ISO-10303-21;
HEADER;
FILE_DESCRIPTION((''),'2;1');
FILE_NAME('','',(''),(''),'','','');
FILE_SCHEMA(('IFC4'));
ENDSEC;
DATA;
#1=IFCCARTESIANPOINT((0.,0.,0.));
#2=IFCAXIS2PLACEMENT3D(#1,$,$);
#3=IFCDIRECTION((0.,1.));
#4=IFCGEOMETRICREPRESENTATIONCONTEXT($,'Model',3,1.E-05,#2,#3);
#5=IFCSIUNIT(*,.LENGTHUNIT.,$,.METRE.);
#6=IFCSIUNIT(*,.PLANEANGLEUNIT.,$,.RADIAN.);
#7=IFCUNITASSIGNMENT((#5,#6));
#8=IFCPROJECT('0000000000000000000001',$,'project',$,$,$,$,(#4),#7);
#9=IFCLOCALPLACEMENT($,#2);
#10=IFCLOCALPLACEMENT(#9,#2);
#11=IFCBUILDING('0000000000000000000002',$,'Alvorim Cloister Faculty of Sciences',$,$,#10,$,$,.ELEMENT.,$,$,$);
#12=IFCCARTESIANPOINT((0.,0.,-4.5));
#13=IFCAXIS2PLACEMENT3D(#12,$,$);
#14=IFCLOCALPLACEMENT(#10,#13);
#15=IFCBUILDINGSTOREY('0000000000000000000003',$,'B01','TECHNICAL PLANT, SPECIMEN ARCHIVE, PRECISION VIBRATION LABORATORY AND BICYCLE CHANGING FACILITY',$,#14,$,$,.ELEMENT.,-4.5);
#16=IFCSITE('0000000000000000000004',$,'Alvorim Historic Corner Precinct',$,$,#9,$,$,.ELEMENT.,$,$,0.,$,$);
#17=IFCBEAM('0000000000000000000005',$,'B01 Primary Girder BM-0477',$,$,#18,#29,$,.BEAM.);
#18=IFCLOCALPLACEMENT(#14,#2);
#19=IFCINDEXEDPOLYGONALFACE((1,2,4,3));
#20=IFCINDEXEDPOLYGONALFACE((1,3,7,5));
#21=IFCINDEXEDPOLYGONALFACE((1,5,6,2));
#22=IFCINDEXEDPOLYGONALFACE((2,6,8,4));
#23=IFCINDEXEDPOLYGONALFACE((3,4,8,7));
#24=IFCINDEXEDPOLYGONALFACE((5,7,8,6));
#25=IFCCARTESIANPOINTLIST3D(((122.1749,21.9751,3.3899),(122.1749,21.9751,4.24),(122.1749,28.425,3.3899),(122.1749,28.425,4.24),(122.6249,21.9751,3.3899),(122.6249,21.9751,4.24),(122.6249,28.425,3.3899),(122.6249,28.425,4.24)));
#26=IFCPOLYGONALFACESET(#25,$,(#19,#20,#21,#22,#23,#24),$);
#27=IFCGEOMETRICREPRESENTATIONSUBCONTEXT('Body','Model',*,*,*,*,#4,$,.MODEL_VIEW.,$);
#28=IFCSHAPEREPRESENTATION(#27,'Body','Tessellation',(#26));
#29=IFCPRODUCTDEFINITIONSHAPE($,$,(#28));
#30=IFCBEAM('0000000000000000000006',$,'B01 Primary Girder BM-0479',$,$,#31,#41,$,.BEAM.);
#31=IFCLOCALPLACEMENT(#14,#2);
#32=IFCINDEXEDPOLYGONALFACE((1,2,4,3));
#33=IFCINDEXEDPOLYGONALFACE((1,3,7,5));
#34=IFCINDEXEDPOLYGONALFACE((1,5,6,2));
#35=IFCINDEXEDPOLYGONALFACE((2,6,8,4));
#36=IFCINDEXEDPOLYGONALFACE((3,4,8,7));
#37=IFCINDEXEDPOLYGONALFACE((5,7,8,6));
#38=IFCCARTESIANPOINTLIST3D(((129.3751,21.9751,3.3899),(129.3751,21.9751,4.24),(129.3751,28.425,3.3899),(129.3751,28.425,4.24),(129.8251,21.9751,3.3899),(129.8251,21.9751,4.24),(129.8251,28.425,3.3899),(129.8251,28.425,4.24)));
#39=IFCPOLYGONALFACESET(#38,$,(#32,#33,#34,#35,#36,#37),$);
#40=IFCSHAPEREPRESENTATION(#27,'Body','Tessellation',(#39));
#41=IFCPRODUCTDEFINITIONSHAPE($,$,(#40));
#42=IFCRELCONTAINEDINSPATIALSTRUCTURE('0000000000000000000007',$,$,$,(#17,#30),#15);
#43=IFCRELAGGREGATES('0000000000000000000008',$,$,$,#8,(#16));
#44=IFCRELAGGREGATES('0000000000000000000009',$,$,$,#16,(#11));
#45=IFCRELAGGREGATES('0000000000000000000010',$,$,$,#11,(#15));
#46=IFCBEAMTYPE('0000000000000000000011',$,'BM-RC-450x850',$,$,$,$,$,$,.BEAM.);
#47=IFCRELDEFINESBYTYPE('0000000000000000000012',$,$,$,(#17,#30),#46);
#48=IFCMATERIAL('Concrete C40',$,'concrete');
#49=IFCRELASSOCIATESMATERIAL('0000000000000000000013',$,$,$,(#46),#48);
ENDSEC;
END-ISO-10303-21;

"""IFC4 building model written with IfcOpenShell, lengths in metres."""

from ifc_helpers import new_model, si_unit, direction, frame, origin, origin_2d, place, context, subcontext, project, spatial, rectangle, extrude, material, material_profile, profile_set, type_object, element, save


model = new_model("IFC4")

# Units and contexts
model_context = context("Model", 3, precision=1e-05, world=origin(), true_north=direction((0.0, 1.0)))
body_context = subcontext(model_context, "Body", "Model", "MODEL_VIEW")
ifc_project = project(units=[si_unit("LENGTHUNIT", "METRE"), si_unit("PLANEANGLEUNIT", "RADIAN")], contexts=[model_context])

# Site, building, storey
site_placement = place(None, origin())
site = spatial("IfcSite", under=ifc_project, at=site_placement, Name="Alvorim Historic Corner Precinct", CompositionType="ELEMENT", RefElevation=0.0)
building_placement = place(site_placement, origin())
building = spatial("IfcBuilding", under=site, at=building_placement, Name="Alvorim Cloister Faculty of Sciences", CompositionType="ELEMENT")
storey_placement = place(building_placement, frame((0.0, 0.0, -4.5)))
storey = spatial("IfcBuildingStorey", under=building, at=storey_placement, Name="B01", Description="TECHNICAL PLANT, SPECIMEN ARCHIVE, PRECISION VIBRATION LABORATORY AND BICYCLE CHANGING FACILITY", CompositionType="ELEMENT", Elevation=-4.5)

# Shared definitions
ifc_material_1 = material(Name="Concrete C40", Category="concrete")

# Beams
ifc_material_profile_1 = material_profile(ifc_material_1, rectangle(XDim=0.45, YDim=0.8501, at=origin_2d()), Name="RC40-BM-450x850")
ifc_profile_set_1 = profile_set([ifc_material_profile_1], Name="Concrete C40")
beam_type = type_object("IfcBeamType", Name="BM-RC-450x850", PredefinedType="BEAM", material=ifc_profile_set_1)
for number, where, z_axis, x_axis, name in (
    (1, (122.3999, 21.9751, 3.8149), (0.0, 1.0, 0.0), (-1.0, 0.0, 0.0), "B01 Primary Girder BM-0477"),
    (2, (129.6001, 21.9751, 3.8149), (0.0, 1.0, 0.0), (-1.0, 0.0, 0.0), "B01 Primary Girder BM-0479"),
):
    element("IfcBeam", number, at=place(storey_placement, frame(where, z_axis=z_axis, x_axis=x_axis)), inside=storey, type_object=beam_type, Name=name, PredefinedType="BEAM", context=body_context, shape_type="SweptSolid", body=[
        extrude(rectangle(XDim=0.45, YDim=0.8501, at=origin_2d()), origin(), (0.0, 0.0, 1.0), 6.45),
    ])

save(model, "model.ifc")
